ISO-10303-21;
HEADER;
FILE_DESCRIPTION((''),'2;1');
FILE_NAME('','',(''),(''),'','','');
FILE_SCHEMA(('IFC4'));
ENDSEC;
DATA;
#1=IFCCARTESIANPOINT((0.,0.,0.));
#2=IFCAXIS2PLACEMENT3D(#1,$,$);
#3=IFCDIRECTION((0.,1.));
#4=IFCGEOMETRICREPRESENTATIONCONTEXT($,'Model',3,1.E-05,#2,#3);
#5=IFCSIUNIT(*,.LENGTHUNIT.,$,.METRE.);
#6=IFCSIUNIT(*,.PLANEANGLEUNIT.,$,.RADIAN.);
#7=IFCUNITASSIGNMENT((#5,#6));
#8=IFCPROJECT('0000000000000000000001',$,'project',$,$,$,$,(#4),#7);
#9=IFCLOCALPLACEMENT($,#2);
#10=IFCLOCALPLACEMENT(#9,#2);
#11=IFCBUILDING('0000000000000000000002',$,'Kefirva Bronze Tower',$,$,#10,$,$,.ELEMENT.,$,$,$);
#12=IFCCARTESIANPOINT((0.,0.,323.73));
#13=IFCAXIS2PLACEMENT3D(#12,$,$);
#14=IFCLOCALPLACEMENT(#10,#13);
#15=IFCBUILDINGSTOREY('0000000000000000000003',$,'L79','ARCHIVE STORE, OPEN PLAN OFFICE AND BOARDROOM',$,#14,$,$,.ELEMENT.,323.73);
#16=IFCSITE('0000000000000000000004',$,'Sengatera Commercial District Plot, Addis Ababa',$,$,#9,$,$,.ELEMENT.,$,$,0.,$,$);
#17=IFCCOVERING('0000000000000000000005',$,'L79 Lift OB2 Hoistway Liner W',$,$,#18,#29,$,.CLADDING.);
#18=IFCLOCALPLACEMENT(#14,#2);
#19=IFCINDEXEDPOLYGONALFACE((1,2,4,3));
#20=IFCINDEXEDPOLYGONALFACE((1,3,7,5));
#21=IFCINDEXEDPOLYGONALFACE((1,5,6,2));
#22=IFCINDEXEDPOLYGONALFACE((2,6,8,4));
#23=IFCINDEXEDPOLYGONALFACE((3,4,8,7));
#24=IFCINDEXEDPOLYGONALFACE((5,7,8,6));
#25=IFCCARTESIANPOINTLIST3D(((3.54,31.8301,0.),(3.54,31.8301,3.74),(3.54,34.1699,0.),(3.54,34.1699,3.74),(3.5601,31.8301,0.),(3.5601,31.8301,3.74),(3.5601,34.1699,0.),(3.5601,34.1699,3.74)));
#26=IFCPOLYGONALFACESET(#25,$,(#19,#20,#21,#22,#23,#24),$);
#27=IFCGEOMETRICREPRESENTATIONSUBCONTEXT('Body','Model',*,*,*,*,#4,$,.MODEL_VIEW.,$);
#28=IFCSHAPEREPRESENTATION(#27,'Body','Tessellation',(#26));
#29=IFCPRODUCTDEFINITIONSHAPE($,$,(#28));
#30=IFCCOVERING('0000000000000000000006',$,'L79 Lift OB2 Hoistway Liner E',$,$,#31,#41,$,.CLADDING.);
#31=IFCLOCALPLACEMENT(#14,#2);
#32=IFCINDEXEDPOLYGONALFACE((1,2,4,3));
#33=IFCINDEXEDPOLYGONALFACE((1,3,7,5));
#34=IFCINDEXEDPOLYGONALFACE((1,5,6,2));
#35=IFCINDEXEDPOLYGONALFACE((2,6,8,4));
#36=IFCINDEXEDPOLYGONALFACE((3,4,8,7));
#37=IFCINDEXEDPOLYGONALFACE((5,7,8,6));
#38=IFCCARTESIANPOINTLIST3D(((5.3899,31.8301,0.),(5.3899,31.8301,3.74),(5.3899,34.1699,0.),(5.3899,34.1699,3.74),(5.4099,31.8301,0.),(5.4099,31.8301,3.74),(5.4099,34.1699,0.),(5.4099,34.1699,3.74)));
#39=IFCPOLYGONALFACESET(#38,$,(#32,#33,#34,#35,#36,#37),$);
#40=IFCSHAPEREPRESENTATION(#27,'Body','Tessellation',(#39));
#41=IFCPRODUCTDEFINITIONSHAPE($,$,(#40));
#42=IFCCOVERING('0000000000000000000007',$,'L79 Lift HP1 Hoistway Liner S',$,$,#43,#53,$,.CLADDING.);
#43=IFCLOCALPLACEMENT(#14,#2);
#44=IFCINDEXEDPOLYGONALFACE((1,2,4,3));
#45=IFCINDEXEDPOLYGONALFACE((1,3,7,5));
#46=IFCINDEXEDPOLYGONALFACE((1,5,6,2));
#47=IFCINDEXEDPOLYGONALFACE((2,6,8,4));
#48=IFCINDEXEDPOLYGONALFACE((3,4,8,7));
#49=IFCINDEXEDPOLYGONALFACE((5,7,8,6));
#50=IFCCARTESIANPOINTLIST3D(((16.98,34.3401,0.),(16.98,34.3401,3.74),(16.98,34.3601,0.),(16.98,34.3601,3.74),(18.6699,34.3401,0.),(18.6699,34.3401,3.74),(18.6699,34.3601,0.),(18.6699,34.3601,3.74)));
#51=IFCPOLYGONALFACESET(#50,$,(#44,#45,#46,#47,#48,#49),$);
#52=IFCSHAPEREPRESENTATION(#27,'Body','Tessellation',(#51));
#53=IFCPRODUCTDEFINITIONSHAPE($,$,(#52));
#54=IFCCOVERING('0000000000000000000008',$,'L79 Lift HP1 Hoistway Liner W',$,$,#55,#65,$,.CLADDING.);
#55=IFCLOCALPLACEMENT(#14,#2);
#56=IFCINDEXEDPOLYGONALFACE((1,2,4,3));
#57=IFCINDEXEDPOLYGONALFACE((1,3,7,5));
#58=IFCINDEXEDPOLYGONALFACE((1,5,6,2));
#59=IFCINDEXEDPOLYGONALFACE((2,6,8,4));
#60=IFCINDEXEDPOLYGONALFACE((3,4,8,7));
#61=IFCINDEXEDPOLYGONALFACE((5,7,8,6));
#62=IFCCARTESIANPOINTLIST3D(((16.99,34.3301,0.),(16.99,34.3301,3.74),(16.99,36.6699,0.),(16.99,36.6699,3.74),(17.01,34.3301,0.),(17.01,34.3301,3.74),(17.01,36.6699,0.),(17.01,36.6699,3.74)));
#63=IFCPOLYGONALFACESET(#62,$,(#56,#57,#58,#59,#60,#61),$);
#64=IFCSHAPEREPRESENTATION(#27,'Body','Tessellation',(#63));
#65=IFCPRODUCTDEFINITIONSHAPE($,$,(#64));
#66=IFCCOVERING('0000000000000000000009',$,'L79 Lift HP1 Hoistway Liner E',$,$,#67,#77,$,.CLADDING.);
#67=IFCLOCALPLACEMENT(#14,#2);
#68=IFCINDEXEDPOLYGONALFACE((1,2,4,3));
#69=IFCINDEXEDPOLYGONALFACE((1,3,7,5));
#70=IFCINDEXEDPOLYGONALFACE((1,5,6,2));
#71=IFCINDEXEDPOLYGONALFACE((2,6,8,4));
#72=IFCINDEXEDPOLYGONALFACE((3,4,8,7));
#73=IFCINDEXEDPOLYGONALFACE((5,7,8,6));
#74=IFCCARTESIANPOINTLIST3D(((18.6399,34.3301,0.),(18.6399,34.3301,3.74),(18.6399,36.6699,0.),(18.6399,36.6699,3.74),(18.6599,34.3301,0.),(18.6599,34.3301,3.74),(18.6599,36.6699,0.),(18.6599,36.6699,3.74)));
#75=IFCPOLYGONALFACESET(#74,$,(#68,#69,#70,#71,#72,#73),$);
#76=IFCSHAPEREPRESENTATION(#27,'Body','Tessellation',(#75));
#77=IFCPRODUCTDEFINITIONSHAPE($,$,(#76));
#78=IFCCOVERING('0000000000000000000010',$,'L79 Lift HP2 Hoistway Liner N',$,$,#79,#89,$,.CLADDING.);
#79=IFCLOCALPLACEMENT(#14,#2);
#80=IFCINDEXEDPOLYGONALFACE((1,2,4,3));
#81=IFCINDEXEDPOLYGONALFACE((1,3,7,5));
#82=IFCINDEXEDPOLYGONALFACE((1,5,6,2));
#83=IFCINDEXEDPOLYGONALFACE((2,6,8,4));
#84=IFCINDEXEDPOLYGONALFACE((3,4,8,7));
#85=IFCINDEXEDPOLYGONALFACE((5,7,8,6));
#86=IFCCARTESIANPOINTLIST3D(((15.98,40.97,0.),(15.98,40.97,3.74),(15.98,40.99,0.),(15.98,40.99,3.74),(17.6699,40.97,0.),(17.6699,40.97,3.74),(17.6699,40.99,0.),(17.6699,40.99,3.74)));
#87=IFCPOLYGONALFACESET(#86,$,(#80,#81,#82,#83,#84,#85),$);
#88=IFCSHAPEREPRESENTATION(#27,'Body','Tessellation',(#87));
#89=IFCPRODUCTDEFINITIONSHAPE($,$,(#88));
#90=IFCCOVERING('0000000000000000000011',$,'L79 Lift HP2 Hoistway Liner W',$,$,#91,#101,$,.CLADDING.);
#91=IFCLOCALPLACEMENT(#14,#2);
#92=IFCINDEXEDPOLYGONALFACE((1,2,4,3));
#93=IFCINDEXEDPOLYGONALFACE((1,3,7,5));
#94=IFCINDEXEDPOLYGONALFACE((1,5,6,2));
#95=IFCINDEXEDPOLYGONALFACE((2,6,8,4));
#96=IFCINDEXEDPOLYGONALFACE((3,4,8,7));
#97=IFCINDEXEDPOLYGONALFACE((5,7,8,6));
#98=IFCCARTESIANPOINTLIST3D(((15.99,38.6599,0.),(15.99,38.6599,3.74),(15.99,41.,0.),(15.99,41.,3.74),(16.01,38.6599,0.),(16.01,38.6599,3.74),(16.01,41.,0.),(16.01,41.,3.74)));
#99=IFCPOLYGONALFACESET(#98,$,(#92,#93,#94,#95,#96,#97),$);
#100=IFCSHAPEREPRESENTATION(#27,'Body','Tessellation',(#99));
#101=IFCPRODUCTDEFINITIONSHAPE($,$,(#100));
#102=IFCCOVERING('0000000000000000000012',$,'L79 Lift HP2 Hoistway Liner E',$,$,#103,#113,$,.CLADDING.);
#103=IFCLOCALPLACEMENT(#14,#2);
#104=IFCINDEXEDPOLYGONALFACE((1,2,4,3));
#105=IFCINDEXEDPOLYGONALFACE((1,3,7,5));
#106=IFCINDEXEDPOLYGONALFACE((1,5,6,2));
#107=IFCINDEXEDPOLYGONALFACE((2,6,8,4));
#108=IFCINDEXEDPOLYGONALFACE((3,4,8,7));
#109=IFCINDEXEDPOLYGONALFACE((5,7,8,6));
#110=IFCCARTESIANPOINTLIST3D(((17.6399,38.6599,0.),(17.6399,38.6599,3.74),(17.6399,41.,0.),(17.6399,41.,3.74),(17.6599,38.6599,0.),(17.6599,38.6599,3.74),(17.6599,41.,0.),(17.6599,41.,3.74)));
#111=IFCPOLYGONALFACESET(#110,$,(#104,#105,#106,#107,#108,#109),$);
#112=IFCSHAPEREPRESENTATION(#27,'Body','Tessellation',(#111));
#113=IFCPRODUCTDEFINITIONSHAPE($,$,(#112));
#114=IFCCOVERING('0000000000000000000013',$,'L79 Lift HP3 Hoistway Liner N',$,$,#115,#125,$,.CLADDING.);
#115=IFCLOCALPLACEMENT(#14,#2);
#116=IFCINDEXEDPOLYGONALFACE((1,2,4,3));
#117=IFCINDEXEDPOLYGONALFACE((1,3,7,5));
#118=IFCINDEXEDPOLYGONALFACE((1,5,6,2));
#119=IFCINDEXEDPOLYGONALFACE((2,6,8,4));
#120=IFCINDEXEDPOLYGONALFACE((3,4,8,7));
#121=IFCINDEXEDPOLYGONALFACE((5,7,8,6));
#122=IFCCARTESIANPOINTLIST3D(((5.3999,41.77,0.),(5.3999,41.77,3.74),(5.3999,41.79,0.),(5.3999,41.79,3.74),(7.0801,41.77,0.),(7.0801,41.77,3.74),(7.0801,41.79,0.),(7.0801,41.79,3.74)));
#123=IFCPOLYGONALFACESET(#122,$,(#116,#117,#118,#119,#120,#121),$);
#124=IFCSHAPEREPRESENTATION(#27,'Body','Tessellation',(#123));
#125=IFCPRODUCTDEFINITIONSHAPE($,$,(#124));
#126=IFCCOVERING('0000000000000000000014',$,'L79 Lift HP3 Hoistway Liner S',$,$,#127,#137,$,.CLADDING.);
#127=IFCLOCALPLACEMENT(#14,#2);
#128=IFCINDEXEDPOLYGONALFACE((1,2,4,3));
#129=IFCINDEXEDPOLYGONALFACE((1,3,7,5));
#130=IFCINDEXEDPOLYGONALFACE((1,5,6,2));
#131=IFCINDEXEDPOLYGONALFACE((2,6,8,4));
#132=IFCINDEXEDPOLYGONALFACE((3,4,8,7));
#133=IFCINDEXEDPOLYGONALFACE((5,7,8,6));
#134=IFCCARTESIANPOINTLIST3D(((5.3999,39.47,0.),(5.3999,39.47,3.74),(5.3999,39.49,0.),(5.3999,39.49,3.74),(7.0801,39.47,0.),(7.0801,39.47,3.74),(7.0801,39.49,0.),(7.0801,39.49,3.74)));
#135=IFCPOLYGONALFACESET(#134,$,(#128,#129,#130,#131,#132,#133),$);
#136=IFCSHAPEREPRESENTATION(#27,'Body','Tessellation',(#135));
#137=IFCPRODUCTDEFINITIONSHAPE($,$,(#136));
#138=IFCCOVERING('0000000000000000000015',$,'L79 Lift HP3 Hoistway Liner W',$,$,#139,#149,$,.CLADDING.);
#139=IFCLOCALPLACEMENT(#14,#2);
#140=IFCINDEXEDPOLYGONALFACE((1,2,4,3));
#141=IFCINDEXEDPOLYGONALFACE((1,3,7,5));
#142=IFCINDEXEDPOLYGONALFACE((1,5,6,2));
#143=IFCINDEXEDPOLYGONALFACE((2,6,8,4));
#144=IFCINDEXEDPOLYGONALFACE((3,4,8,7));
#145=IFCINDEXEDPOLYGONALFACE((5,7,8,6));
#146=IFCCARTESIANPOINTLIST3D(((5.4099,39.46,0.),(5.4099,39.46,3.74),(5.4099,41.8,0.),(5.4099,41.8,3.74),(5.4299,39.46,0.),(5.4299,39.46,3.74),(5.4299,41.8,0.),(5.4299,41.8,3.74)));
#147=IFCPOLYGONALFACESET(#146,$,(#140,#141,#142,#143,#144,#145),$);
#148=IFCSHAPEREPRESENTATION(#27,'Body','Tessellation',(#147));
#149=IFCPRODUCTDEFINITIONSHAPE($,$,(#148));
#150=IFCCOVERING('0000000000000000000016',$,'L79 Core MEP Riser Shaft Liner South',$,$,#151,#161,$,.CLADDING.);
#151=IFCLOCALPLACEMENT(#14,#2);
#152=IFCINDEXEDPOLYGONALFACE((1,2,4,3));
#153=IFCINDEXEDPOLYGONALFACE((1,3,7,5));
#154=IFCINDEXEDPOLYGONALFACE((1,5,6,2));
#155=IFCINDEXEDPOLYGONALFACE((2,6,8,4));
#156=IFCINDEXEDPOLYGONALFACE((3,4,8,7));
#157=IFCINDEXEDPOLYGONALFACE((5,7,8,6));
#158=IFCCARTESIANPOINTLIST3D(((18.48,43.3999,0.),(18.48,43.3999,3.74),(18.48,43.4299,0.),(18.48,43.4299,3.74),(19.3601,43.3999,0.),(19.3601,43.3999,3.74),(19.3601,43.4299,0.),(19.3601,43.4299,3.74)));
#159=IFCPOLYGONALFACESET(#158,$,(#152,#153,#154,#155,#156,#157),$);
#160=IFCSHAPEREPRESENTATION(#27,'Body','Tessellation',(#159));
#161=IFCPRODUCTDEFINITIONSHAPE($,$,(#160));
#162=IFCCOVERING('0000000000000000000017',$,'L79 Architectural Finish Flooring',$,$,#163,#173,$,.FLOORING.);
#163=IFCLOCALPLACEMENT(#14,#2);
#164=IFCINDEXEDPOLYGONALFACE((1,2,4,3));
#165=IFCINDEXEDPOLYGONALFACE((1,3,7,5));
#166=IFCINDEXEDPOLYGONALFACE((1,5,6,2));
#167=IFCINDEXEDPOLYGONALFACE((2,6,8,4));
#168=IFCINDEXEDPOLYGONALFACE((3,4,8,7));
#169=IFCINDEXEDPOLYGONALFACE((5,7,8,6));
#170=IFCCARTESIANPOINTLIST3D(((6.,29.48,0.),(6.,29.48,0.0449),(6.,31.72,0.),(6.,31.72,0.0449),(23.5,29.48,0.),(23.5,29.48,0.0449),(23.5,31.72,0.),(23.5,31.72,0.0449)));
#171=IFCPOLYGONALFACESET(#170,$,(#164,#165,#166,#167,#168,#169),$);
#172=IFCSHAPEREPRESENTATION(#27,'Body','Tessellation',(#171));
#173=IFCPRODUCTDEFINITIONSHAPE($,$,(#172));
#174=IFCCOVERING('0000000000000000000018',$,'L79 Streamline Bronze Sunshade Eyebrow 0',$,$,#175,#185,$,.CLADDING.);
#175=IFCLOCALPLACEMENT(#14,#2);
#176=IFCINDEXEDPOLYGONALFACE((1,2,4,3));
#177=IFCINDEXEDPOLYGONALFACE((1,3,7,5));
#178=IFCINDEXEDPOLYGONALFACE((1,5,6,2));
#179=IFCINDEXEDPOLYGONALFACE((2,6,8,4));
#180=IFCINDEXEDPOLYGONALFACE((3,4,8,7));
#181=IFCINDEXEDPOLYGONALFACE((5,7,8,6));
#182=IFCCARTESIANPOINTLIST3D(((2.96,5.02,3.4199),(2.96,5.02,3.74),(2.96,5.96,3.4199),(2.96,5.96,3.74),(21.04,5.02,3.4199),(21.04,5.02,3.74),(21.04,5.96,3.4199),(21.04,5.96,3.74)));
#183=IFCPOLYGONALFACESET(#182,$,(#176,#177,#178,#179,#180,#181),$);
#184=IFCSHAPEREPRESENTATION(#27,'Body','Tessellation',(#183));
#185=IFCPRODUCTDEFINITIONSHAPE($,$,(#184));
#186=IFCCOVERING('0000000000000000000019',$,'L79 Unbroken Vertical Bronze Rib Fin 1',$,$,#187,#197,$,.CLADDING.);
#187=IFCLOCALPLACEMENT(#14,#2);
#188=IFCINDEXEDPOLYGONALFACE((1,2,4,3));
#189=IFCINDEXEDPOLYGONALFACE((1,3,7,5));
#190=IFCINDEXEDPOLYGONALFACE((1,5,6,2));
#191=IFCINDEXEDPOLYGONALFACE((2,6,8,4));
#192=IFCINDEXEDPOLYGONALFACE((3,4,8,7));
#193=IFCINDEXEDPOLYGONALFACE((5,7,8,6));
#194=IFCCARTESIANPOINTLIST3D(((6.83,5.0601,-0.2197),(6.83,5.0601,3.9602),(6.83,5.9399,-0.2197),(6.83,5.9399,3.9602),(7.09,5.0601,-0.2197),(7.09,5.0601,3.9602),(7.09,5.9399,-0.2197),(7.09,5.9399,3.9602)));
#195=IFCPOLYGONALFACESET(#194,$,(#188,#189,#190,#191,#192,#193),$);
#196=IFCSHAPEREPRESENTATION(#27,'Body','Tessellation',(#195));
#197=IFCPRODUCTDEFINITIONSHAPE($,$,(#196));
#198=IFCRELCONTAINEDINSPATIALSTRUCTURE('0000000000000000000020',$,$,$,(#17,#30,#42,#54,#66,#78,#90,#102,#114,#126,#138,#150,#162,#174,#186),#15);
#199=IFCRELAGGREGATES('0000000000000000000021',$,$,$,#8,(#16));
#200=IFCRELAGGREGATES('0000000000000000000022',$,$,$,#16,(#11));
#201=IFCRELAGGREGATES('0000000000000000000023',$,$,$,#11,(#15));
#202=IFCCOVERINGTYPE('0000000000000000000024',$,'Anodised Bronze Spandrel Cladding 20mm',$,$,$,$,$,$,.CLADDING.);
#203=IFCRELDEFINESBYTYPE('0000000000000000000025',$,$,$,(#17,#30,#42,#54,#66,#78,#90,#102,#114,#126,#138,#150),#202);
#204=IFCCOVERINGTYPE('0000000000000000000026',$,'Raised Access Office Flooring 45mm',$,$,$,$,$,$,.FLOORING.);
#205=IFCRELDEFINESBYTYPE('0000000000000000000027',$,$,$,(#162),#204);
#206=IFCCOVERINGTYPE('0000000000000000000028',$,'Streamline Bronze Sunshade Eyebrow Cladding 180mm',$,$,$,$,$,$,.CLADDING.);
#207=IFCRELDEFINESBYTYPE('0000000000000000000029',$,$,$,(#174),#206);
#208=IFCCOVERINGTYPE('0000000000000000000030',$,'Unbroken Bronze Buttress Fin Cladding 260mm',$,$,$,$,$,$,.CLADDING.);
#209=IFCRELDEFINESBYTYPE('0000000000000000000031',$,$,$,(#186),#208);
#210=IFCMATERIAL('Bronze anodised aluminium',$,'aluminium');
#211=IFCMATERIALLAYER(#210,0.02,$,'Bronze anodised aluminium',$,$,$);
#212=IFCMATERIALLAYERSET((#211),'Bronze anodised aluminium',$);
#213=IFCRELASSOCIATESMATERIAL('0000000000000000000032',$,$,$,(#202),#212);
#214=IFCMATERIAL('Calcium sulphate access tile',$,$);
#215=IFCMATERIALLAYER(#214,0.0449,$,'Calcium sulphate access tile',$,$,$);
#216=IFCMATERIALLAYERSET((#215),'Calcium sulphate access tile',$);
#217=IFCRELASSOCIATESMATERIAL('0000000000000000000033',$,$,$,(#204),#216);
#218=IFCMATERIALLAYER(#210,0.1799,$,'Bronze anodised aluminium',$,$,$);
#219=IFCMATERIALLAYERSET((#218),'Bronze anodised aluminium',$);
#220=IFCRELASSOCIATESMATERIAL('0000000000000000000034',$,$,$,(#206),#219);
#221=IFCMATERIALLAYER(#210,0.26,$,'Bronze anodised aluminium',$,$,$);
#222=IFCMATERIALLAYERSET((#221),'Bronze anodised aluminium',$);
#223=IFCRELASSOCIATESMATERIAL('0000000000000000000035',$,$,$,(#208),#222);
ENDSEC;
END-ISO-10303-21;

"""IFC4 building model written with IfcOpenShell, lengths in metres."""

from ifc_helpers import new_model, si_unit, direction, frame, origin, origin_2d, place, context, subcontext, project, spatial, polyline, rectangle, outline, extrude, material, layer, layer_set, type_object, element, save


model = new_model("IFC4")

# Units and contexts
model_context = context("Model", 3, precision=1e-05, world=origin(), true_north=direction((0.0, 1.0)))
body_context = subcontext(model_context, "Body", "Model", "MODEL_VIEW")
ifc_project = project(units=[si_unit("LENGTHUNIT", "METRE"), si_unit("PLANEANGLEUNIT", "RADIAN")], contexts=[model_context])

# Site, building, storey
site_placement = place(None, origin())
site = spatial("IfcSite", under=ifc_project, at=site_placement, Name="Sengatera Commercial District Plot, Addis Ababa", CompositionType="ELEMENT", RefElevation=0.0)
building_placement = place(site_placement, origin())
building = spatial("IfcBuilding", under=site, at=building_placement, Name="Kefirva Bronze Tower", CompositionType="ELEMENT")
storey_placement = place(building_placement, frame((0.0, 0.0, 323.73)))
storey = spatial("IfcBuildingStorey", under=building, at=storey_placement, Name="L79", Description="ARCHIVE STORE, OPEN PLAN OFFICE AND BOARDROOM", CompositionType="ELEMENT", Elevation=323.73)

# Shared definitions
ifc_material_1 = material(Name="Bronze anodised aluminium", Category="aluminium")

# Coverings
ifc_layer_1 = layer(ifc_material_1, 0.02, Name="Bronze anodised aluminium")
ifc_layer_set_1 = layer_set([ifc_layer_1], Name="Bronze anodised aluminium")
covering_type_1 = type_object("IfcCoveringType", Name="Anodised Bronze Spandrel Cladding 20mm", PredefinedType="CLADDING", material=ifc_layer_set_1)
covering_1_placement = place(storey_placement, origin())
element("IfcCovering", 1, at=covering_1_placement, inside=storey, type_object=covering_type_1, Name="L79 Lift OB2 Hoistway Liner W", PredefinedType="CLADDING", context=body_context, shape_type="SweptSolid", body=[
    extrude(outline(polyline([(3.54, 31.8301), (3.5601, 31.8301), (3.5601, 34.1699), (3.54, 34.1699), (3.54, 31.8301)])), origin(), (0.0, 0.0, 1.0), 3.74),
])
covering_2_placement = place(storey_placement, origin())
element("IfcCovering", 2, at=covering_2_placement, inside=storey, type_object=covering_type_1, Name="L79 Lift OB2 Hoistway Liner E", PredefinedType="CLADDING", context=body_context, shape_type="SweptSolid", body=[
    extrude(outline(polyline([(5.3899, 31.8301), (5.4099, 31.8301), (5.4099, 34.1699), (5.3899, 34.1699), (5.3899, 31.8301)])), origin(), (0.0, 0.0, 1.0), 3.74),
])
covering_3_placement = place(storey_placement, origin())
element("IfcCovering", 3, at=covering_3_placement, inside=storey, type_object=covering_type_1, Name="L79 Lift HP1 Hoistway Liner S", PredefinedType="CLADDING", context=body_context, shape_type="SweptSolid", body=[
    extrude(outline(polyline([(16.98, 34.3401), (18.6699, 34.3401), (18.6699, 34.3601), (16.98, 34.3601), (16.98, 34.3401)])), origin(), (0.0, 0.0, 1.0), 3.74),
])
covering_4_placement = place(storey_placement, origin())
element("IfcCovering", 4, at=covering_4_placement, inside=storey, type_object=covering_type_1, Name="L79 Lift HP1 Hoistway Liner W", PredefinedType="CLADDING", context=body_context, shape_type="SweptSolid", body=[
    extrude(outline(polyline([(16.99, 34.3301), (17.01, 34.3301), (17.01, 36.6699), (16.99, 36.6699), (16.99, 34.3301)])), origin(), (0.0, 0.0, 1.0), 3.74),
])
covering_5_placement = place(storey_placement, origin())
element("IfcCovering", 5, at=covering_5_placement, inside=storey, type_object=covering_type_1, Name="L79 Lift HP1 Hoistway Liner E", PredefinedType="CLADDING", context=body_context, shape_type="SweptSolid", body=[
    extrude(outline(polyline([(18.6399, 34.3301), (18.6599, 34.3301), (18.6599, 36.6699), (18.6399, 36.6699), (18.6399, 34.3301)])), origin(), (0.0, 0.0, 1.0), 3.74),
])
covering_6_placement = place(storey_placement, origin())
element("IfcCovering", 6, at=covering_6_placement, inside=storey, type_object=covering_type_1, Name="L79 Lift HP2 Hoistway Liner N", PredefinedType="CLADDING", context=body_context, shape_type="SweptSolid", body=[
    extrude(outline(polyline([(15.98, 40.97), (17.6699, 40.97), (17.6699, 40.99), (15.98, 40.99), (15.98, 40.97)])), origin(), (0.0, 0.0, 1.0), 3.74),
])
covering_7_placement = place(storey_placement, origin())
element("IfcCovering", 7, at=covering_7_placement, inside=storey, type_object=covering_type_1, Name="L79 Lift HP2 Hoistway Liner W", PredefinedType="CLADDING", context=body_context, shape_type="SweptSolid", body=[
    extrude(outline(polyline([(15.99, 38.6599), (16.01, 38.6599), (16.01, 41.0), (15.99, 41.0), (15.99, 38.6599)])), origin(), (0.0, 0.0, 1.0), 3.74),
])
covering_8_placement = place(storey_placement, origin())
element("IfcCovering", 8, at=covering_8_placement, inside=storey, type_object=covering_type_1, Name="L79 Lift HP2 Hoistway Liner E", PredefinedType="CLADDING", context=body_context, shape_type="SweptSolid", body=[
    extrude(outline(polyline([(17.6399, 38.6599), (17.6599, 38.6599), (17.6599, 41.0), (17.6399, 41.0), (17.6399, 38.6599)])), origin(), (0.0, 0.0, 1.0), 3.74),
])
covering_9_placement = place(storey_placement, origin())
element("IfcCovering", 9, at=covering_9_placement, inside=storey, type_object=covering_type_1, Name="L79 Lift HP3 Hoistway Liner N", PredefinedType="CLADDING", context=body_context, shape_type="SweptSolid", body=[
    extrude(outline(polyline([(5.3999, 41.77), (7.0801, 41.77), (7.0801, 41.79), (5.3999, 41.79), (5.3999, 41.77)])), origin(), (0.0, 0.0, 1.0), 3.74),
])
covering_10_placement = place(storey_placement, origin())
element("IfcCovering", 10, at=covering_10_placement, inside=storey, type_object=covering_type_1, Name="L79 Lift HP3 Hoistway Liner S", PredefinedType="CLADDING", context=body_context, shape_type="SweptSolid", body=[
    extrude(outline(polyline([(5.3999, 39.47), (7.0801, 39.47), (7.0801, 39.49), (5.3999, 39.49), (5.3999, 39.47)])), origin(), (0.0, 0.0, 1.0), 3.74),
])
covering_11_placement = place(storey_placement, origin())
element("IfcCovering", 11, at=covering_11_placement, inside=storey, type_object=covering_type_1, Name="L79 Lift HP3 Hoistway Liner W", PredefinedType="CLADDING", context=body_context, shape_type="SweptSolid", body=[
    extrude(outline(polyline([(5.4099, 39.46), (5.4299, 39.46), (5.4299, 41.8), (5.4099, 41.8), (5.4099, 39.46)])), origin(), (0.0, 0.0, 1.0), 3.74),
])
covering_12_placement = place(storey_placement, origin())
element("IfcCovering", 12, at=covering_12_placement, inside=storey, type_object=covering_type_1, Name="L79 Core MEP Riser Shaft Liner South", PredefinedType="CLADDING", context=body_context, shape_type="SweptSolid", body=[
    extrude(outline(polyline([(18.48, 43.3999), (19.3601, 43.3999), (19.3601, 43.4299), (18.48, 43.4299), (18.48, 43.3999)])), origin(), (0.0, 0.0, 1.0), 3.74),
])
ifc_material_2 = material(Name="Calcium sulphate access tile")
ifc_layer_2 = layer(ifc_material_2, 0.0449, Name="Calcium sulphate access tile")
ifc_layer_set_2 = layer_set([ifc_layer_2], Name="Calcium sulphate access tile")
covering_type_2 = type_object("IfcCoveringType", Name="Raised Access Office Flooring 45mm", PredefinedType="FLOORING", material=ifc_layer_set_2)
covering_13_placement = place(storey_placement, origin())
element("IfcCovering", 13, at=covering_13_placement, inside=storey, type_object=covering_type_2, Name="L79 Architectural Finish Flooring", PredefinedType="FLOORING", context=body_context, shape_type="SweptSolid", body=[
    extrude(outline(polyline([(6.0, 29.48), (23.5, 29.48), (23.5, 31.72), (6.0, 31.72), (6.0, 29.48)])), origin(), (0.0, 0.0, 1.0), 0.0449),
])
ifc_layer_3 = layer(ifc_material_1, 0.1799, Name="Bronze anodised aluminium")
ifc_layer_set_3 = layer_set([ifc_layer_3], Name="Bronze anodised aluminium")
covering_type_3 = type_object("IfcCoveringType", Name="Streamline Bronze Sunshade Eyebrow Cladding 180mm", PredefinedType="CLADDING", material=ifc_layer_set_3)
covering_14_placement = place(storey_placement, frame((12.0, 5.49, 3.4199), z_axis=(0.0, 0.0, 1.0), x_axis=(1.0, 0.0, 0.0)))
element("IfcCovering", 14, at=covering_14_placement, inside=storey, type_object=covering_type_3, Name="L79 Streamline Bronze Sunshade Eyebrow 0", PredefinedType="CLADDING", context=body_context, shape_type="SweptSolid", body=[
    extrude(rectangle(XDim=18.0801, YDim=0.9399, at=origin_2d()), origin(), (0.0, 0.0, 1.0), 0.3201),
])
ifc_layer_4 = layer(ifc_material_1, 0.26, Name="Bronze anodised aluminium")
ifc_layer_set_4 = layer_set([ifc_layer_4], Name="Bronze anodised aluminium")
covering_type_4 = type_object("IfcCoveringType", Name="Unbroken Bronze Buttress Fin Cladding 260mm", PredefinedType="CLADDING", material=ifc_layer_set_4)
covering_15_placement = place(storey_placement, frame((6.96, 5.5, -0.2197), z_axis=(0.0, 0.0, 1.0), x_axis=(1.0, 0.0, 0.0)))
element("IfcCovering", 15, at=covering_15_placement, inside=storey, type_object=covering_type_4, Name="L79 Unbroken Vertical Bronze Rib Fin 1", PredefinedType="CLADDING", context=body_context, shape_type="SweptSolid", body=[
    extrude(rectangle(XDim=0.26, YDim=0.8799, at=origin_2d()), origin(), (0.0, 0.0, 1.0), 4.1799),
])

save(model, "model.ifc")
